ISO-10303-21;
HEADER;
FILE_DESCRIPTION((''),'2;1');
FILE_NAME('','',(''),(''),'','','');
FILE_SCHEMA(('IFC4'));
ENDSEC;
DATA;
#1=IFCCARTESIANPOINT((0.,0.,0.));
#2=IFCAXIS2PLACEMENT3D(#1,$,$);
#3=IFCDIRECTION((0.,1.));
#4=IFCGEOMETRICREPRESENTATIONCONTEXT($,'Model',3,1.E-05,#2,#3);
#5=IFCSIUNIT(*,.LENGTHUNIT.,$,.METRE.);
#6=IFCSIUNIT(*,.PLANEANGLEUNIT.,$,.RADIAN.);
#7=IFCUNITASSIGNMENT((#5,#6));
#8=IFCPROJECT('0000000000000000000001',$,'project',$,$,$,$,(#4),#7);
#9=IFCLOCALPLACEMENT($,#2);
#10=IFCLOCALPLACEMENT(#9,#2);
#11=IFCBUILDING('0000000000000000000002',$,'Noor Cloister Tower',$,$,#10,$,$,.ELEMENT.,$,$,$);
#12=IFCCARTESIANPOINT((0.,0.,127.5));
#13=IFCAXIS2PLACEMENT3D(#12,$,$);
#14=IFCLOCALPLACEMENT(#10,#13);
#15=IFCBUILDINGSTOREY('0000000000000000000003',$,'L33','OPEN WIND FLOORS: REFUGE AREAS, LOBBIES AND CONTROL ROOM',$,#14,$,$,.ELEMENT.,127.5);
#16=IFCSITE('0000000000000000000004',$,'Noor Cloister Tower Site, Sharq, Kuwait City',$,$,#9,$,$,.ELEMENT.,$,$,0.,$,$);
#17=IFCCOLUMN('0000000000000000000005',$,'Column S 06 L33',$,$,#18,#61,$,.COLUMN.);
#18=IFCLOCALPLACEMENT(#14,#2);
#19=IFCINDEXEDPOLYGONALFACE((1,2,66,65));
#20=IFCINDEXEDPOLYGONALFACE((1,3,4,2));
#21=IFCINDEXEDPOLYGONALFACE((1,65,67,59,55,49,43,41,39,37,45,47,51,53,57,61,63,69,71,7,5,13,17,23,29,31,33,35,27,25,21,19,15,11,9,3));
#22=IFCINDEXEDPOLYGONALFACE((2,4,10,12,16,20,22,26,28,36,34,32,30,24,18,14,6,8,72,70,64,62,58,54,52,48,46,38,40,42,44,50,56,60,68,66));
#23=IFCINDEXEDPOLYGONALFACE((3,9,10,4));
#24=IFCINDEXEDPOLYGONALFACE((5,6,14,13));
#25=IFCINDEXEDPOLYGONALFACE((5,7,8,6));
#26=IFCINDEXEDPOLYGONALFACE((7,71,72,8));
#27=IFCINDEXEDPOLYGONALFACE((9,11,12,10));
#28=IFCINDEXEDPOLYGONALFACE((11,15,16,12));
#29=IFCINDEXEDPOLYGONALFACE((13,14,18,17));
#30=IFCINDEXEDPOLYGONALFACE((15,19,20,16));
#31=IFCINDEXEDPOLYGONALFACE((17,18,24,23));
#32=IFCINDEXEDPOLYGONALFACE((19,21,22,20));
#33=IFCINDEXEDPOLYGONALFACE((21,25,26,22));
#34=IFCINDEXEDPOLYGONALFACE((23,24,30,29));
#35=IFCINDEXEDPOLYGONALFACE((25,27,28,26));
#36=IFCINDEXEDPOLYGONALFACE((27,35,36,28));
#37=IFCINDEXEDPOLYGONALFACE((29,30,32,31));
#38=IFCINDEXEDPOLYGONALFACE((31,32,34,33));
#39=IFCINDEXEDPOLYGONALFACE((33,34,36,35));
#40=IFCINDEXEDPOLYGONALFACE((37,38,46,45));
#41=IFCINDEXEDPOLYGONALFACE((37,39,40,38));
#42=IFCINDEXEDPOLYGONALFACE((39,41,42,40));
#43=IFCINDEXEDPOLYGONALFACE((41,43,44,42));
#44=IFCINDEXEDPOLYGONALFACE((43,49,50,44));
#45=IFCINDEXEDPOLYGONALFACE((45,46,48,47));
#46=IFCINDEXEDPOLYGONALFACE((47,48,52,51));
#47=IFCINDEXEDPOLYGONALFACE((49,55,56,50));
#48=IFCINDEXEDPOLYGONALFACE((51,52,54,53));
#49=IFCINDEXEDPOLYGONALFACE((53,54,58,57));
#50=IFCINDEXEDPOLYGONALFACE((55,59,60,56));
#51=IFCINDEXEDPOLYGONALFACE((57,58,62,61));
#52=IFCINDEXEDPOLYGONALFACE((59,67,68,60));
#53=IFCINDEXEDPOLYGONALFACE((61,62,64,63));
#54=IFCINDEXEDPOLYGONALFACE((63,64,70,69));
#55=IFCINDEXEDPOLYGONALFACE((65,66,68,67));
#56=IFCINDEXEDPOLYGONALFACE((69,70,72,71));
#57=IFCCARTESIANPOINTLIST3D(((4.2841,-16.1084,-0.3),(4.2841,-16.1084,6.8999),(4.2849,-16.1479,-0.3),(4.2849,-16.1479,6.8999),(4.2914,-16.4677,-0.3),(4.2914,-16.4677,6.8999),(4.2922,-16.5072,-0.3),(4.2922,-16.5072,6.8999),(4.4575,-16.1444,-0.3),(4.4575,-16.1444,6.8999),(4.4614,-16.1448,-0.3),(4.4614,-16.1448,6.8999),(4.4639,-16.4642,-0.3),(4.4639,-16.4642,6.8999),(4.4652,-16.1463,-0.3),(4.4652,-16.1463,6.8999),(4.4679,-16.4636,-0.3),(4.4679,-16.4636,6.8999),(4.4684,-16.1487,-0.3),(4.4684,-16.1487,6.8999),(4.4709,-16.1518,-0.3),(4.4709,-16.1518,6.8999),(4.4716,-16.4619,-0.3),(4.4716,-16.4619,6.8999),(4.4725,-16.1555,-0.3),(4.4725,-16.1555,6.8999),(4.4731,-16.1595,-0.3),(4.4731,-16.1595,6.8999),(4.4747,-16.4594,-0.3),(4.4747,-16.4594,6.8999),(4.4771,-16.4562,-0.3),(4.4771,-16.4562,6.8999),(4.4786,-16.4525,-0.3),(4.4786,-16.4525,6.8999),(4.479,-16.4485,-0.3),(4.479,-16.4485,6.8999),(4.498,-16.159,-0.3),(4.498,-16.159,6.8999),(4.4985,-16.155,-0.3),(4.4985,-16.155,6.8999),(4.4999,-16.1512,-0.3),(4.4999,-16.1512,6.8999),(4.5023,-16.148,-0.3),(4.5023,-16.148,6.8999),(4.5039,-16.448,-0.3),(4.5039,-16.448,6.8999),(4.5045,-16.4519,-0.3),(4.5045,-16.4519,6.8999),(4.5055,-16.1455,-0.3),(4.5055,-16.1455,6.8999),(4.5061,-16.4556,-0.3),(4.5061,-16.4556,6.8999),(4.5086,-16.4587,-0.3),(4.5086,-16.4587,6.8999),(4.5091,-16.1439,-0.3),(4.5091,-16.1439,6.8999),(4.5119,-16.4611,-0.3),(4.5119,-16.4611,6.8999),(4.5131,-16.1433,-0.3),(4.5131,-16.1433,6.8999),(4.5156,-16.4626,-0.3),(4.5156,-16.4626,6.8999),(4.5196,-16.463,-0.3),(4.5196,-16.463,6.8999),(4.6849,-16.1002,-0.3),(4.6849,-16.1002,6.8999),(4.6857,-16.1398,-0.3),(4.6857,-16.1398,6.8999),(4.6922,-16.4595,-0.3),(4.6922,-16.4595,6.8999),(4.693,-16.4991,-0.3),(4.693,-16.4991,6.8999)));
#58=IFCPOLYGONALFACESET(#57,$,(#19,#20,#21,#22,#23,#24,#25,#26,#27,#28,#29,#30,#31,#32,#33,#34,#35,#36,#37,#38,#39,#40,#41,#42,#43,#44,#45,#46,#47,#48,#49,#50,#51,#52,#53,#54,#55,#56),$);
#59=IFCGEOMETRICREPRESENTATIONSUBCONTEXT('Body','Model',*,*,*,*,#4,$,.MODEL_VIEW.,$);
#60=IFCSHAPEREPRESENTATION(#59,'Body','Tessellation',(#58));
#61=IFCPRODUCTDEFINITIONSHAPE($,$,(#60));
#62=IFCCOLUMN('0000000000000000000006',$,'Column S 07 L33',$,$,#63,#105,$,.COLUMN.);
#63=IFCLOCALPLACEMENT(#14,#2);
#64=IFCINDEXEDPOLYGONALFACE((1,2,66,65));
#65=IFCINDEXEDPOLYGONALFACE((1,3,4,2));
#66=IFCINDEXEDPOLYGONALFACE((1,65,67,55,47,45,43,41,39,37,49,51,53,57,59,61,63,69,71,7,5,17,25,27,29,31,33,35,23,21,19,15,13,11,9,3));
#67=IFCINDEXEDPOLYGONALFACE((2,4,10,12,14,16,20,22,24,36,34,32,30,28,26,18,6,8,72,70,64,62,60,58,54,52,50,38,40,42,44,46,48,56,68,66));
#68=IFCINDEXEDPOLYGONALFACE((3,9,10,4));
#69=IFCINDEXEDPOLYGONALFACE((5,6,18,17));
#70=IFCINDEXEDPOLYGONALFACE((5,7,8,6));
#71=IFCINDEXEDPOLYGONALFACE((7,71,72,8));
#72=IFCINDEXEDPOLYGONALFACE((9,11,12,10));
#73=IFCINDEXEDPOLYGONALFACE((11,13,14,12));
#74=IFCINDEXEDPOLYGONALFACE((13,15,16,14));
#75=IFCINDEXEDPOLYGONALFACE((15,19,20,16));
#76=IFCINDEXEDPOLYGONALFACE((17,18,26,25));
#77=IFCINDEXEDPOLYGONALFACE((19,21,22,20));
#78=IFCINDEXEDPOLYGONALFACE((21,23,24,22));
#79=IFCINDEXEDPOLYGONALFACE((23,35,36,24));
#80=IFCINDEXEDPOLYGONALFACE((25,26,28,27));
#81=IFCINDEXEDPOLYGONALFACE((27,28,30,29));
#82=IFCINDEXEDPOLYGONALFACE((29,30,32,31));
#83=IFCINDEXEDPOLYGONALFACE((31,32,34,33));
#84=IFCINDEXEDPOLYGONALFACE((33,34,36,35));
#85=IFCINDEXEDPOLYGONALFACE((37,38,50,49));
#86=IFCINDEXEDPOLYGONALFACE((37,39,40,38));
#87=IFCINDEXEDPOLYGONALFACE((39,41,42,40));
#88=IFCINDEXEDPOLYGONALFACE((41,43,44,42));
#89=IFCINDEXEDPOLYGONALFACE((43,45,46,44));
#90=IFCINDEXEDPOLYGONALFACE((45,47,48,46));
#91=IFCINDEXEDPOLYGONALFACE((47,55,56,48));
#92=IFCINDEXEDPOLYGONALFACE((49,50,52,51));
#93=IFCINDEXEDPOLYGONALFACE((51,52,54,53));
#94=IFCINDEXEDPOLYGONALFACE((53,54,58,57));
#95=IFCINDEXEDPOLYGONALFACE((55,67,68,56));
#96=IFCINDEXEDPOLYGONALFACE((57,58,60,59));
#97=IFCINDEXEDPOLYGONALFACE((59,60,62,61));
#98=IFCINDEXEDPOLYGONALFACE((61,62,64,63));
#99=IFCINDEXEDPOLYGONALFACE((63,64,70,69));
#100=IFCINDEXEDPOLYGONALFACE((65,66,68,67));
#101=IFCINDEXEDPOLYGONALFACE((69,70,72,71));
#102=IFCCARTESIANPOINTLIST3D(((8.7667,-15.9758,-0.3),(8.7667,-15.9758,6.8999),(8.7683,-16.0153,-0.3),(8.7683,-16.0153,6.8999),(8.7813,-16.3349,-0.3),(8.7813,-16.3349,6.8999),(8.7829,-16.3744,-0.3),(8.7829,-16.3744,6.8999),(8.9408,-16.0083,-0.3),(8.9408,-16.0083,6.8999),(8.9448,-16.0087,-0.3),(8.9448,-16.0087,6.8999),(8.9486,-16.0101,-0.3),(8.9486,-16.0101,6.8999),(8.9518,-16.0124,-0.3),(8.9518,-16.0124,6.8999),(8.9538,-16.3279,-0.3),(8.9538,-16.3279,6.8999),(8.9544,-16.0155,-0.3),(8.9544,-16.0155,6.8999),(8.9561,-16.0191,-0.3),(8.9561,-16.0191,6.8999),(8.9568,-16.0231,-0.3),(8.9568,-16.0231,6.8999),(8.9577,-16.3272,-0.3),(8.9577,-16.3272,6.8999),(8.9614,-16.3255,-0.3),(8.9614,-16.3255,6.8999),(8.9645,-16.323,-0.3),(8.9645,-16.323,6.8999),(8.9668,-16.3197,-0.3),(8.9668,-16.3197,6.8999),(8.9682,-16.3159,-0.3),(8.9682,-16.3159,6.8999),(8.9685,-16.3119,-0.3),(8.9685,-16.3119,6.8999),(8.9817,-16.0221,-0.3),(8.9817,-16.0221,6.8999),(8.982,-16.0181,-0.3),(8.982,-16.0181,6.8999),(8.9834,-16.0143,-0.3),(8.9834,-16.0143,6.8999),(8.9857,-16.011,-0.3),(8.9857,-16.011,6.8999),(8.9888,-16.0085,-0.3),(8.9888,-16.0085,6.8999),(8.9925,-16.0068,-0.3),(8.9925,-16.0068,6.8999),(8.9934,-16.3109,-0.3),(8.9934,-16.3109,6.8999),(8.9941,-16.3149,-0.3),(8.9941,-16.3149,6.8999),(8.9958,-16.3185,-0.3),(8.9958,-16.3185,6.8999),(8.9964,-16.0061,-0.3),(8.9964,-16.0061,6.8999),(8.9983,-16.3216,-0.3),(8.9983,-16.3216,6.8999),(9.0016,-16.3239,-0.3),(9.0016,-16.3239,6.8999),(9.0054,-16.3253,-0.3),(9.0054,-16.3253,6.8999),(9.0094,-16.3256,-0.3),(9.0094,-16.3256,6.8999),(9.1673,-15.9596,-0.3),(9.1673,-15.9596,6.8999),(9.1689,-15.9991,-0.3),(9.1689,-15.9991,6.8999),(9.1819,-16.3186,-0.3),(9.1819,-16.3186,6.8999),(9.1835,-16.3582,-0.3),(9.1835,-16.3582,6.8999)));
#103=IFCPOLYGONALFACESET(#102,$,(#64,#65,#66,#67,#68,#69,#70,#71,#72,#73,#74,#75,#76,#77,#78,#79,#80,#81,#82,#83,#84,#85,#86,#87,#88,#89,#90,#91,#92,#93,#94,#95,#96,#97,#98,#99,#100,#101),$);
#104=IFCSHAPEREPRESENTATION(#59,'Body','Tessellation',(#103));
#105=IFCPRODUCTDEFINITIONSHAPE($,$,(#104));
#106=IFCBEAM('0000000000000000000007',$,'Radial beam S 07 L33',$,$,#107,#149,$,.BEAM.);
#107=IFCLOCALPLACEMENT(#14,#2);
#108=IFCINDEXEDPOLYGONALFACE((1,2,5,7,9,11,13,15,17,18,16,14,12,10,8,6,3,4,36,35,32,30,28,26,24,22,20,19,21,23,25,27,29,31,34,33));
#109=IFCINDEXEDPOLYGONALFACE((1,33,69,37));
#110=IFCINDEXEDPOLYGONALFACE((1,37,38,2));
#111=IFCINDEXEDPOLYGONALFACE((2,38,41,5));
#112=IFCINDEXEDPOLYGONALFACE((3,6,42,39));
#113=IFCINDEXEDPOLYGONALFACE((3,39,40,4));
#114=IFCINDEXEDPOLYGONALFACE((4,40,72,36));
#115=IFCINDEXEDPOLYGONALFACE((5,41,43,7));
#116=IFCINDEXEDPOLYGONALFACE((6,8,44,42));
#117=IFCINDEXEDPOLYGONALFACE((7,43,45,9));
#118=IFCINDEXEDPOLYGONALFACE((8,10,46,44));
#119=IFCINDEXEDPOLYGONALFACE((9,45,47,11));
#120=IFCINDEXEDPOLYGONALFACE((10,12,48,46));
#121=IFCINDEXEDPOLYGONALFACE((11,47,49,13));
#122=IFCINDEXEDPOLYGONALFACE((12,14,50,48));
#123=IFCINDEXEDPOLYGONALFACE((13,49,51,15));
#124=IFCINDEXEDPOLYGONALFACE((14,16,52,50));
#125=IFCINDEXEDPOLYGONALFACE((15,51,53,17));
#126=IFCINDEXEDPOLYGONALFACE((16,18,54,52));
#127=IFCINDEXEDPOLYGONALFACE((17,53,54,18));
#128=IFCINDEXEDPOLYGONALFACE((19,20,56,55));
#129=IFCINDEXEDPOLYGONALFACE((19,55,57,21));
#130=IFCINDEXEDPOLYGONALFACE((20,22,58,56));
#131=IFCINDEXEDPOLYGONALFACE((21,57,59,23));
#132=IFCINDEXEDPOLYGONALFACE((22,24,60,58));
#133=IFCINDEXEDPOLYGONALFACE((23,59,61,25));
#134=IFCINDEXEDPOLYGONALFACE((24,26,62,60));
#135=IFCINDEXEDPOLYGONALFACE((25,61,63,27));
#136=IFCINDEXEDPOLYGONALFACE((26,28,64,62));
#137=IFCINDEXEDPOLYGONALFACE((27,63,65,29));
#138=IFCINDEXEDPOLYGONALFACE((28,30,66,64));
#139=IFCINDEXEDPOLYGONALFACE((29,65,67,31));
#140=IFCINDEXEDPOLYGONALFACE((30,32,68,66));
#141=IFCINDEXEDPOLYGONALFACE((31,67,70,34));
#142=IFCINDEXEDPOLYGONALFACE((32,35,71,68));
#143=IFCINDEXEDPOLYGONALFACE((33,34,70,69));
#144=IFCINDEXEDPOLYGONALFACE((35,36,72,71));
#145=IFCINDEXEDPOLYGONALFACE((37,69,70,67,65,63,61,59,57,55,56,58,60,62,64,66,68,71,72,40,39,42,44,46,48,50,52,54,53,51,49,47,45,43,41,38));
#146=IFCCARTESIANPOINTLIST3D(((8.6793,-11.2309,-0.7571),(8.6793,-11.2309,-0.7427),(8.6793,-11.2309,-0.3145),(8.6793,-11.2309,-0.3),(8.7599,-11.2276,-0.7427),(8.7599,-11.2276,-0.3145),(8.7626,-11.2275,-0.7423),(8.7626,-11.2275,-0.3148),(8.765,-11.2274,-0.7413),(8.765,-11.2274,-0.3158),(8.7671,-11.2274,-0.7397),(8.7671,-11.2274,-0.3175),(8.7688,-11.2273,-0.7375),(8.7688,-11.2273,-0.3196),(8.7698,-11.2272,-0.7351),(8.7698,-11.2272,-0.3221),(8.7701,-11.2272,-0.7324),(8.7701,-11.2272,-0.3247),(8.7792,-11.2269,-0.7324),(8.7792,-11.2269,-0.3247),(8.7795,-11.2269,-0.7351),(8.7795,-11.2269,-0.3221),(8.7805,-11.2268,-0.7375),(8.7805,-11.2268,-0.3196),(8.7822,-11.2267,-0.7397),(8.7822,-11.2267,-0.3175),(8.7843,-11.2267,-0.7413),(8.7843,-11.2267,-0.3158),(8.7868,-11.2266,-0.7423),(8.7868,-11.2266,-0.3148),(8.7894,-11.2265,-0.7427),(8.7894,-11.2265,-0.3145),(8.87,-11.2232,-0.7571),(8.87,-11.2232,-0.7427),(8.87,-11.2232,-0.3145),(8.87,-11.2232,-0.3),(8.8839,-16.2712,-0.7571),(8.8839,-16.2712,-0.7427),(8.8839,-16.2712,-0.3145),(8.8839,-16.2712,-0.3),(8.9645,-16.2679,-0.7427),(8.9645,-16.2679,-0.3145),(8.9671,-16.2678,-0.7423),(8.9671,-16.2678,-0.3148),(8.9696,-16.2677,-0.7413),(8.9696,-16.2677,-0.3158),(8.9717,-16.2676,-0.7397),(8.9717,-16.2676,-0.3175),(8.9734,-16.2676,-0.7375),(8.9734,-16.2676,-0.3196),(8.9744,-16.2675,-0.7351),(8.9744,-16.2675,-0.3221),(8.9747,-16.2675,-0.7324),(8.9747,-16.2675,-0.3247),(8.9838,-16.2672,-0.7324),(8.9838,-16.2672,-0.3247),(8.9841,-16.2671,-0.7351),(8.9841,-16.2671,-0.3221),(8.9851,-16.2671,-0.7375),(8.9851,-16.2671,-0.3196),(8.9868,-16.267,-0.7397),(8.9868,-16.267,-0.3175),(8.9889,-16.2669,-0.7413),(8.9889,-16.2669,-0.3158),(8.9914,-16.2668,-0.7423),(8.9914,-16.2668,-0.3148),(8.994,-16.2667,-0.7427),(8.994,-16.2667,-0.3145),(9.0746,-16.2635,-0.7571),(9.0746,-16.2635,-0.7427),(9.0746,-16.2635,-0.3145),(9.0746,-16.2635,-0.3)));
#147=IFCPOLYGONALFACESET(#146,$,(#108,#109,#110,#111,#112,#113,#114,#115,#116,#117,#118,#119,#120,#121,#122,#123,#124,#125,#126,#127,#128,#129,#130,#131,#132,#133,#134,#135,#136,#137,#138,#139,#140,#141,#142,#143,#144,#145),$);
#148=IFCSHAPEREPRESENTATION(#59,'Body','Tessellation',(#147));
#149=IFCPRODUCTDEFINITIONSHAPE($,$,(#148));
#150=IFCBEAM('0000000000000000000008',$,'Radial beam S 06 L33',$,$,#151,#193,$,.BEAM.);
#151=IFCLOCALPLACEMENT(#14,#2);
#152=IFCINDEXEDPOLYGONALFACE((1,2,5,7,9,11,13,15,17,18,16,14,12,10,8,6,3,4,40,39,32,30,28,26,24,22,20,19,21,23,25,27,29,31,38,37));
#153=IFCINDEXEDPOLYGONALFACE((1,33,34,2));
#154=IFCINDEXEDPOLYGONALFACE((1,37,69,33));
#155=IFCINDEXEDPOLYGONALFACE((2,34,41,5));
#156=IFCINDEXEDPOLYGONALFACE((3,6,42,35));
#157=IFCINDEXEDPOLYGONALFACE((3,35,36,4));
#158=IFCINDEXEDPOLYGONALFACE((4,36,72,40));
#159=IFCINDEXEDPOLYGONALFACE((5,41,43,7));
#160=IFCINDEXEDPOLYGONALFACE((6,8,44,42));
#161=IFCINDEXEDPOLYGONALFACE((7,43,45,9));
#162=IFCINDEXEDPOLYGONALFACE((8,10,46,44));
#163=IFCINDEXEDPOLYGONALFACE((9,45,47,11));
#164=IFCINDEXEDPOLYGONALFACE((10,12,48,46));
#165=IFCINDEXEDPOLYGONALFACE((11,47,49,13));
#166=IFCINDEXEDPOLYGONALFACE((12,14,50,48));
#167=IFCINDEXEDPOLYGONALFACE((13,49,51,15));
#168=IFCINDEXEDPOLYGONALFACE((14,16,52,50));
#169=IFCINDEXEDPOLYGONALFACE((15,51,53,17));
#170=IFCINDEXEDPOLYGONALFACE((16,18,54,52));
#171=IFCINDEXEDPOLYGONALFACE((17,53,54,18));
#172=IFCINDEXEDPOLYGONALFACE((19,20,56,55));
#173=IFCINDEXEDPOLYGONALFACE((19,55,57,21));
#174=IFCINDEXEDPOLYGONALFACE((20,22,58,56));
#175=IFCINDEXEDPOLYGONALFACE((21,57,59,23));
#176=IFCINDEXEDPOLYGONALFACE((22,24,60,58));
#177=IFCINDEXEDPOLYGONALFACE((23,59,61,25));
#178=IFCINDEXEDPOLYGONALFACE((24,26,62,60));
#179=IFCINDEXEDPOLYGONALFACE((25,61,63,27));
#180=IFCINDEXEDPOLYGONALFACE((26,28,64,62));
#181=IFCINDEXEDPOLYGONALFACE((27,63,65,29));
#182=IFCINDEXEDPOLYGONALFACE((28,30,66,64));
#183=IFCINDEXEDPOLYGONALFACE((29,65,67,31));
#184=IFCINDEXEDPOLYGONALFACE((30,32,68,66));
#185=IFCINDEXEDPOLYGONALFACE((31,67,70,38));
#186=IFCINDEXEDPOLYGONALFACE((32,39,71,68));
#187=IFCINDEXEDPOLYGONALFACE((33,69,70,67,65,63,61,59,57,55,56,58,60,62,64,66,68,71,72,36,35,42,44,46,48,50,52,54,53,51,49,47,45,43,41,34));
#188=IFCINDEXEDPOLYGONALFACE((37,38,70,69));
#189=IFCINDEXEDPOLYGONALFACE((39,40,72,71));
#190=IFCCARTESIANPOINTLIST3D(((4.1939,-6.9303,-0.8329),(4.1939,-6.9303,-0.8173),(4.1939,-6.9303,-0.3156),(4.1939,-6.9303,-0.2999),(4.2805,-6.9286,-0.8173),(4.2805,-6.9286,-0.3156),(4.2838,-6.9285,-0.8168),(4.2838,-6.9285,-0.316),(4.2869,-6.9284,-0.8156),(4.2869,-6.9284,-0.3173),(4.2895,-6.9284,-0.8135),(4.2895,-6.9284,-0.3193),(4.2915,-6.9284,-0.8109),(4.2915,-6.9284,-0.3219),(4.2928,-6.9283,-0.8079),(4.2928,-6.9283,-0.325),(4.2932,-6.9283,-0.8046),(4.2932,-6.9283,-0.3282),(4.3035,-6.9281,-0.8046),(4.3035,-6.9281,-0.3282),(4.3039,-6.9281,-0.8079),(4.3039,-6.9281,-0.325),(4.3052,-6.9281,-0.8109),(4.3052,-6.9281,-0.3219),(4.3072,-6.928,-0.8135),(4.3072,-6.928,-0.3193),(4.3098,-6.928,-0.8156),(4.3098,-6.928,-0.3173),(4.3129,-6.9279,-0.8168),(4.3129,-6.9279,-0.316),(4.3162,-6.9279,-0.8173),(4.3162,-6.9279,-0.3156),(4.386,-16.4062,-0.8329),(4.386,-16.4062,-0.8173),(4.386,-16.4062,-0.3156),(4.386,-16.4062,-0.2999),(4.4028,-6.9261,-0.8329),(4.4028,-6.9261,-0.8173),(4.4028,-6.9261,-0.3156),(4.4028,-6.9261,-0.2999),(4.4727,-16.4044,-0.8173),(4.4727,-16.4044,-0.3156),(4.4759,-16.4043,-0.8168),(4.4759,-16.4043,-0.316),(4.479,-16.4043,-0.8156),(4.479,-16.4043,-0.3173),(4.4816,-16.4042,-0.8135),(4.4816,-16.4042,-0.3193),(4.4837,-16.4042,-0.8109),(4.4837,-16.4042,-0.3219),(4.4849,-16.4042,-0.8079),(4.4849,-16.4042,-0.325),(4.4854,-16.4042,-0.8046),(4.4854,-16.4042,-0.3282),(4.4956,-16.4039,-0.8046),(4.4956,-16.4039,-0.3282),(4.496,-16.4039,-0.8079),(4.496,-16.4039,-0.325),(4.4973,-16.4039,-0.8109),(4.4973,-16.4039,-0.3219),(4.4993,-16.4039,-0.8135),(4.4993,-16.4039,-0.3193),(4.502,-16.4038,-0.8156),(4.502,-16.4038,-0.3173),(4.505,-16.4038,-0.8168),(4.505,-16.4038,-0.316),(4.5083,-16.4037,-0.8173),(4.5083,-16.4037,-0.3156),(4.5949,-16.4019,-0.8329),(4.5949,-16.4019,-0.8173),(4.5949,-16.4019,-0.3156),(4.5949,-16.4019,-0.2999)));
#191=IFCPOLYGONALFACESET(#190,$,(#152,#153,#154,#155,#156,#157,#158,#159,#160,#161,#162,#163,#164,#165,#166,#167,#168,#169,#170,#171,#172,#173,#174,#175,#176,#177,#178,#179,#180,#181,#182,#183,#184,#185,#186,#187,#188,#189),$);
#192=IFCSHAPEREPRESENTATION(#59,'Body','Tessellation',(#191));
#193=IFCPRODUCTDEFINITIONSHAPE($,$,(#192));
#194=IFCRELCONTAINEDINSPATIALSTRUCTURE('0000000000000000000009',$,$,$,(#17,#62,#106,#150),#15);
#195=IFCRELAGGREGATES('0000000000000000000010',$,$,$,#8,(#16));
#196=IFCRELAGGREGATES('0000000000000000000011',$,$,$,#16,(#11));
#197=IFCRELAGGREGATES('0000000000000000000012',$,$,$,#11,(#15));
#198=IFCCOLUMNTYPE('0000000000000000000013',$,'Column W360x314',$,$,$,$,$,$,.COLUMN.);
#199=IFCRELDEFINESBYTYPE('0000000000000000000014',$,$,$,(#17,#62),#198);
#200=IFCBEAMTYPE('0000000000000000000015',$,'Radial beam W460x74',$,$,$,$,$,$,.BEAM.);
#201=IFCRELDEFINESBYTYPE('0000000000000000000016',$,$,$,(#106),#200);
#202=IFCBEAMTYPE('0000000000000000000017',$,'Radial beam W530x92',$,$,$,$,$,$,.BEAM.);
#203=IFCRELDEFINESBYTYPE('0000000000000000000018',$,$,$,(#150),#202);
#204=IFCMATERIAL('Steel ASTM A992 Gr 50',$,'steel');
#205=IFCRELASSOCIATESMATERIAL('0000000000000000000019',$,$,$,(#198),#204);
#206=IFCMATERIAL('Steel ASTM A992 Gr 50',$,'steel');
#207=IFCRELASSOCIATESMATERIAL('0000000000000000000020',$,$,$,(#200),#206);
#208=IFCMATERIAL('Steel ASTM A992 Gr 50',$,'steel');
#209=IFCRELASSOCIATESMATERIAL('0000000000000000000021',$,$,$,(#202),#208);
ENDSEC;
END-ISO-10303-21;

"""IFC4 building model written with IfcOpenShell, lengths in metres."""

from ifc_helpers import new_model, si_unit, direction, frame, origin, origin_2d, place, context, subcontext, project, spatial, i_section, extrude, material, material_profile, profile_set, type_object, element, save


model = new_model("IFC4")

# Units and contexts
model_context = context("Model", 3, precision=1e-05, world=origin(), true_north=direction((0.0, 1.0)))
body_context = subcontext(model_context, "Body", "Model", "MODEL_VIEW")
ifc_project = project(units=[si_unit("LENGTHUNIT", "METRE"), si_unit("PLANEANGLEUNIT", "RADIAN")], contexts=[model_context])

# Site, building, storey
site_placement = place(None, origin())
site = spatial("IfcSite", under=ifc_project, at=site_placement, Name="Noor Cloister Tower Site, Sharq, Kuwait City", CompositionType="ELEMENT", RefElevation=0.0)
building_placement = place(site_placement, origin())
building = spatial("IfcBuilding", under=site, at=building_placement, Name="Noor Cloister Tower", CompositionType="ELEMENT")
storey_placement = place(building_placement, frame((0.0, 0.0, 127.5)))
storey = spatial("IfcBuildingStorey", under=building, at=storey_placement, Name="L33", Description="OPEN WIND FLOORS: REFUGE AREAS, LOBBIES AND CONTROL ROOM", CompositionType="ELEMENT", Elevation=127.5)

# Columns
ifc_material_1 = material(Name="Steel ASTM A992 Gr 50", Category="steel")
ifc_material_profile_1 = material_profile(ifc_material_1, i_section(OverallWidth=0.4009, OverallDepth=0.3989, WebThickness=0.0249, FlangeThickness=0.0396, FilletRadius=0.0154, at=origin_2d()), Name="W360x314")
ifc_profile_set_1 = profile_set([ifc_material_profile_1], Name="Steel ASTM A992 Gr 50")
column_type = type_object("IfcColumnType", Name="Column W360x314", PredefinedType="COLUMN", material=ifc_profile_set_1)
for number, where, z_axis, x_axis, name in (
    (1, (4.4885, -16.3037, -0.3), (0.0, 0.0, 1.0), (0.999794, 0.020293, 0.0), "Column S 06 L33"),
    (2, (8.9751, -16.167, -0.3), (0.0, 0.0, 1.0), (0.999176, 0.040578, 0.0), "Column S 07 L33"),
):
    element("IfcColumn", number, at=place(storey_placement, frame(where, z_axis=z_axis, x_axis=x_axis)), inside=storey, type_object=column_type, Name=name, PredefinedType="COLUMN", context=body_context, shape_type="SweptSolid", body=[
        extrude(i_section(OverallWidth=0.4009, OverallDepth=0.3989, WebThickness=0.0249, FlangeThickness=0.0396, FilletRadius=0.0154, at=origin_2d()), origin(), (0.0, 0.0, 1.0), 7.2),
    ])

# Beams
ifc_material_2 = material(Name="Steel ASTM A992 Gr 50", Category="steel")
ifc_material_profile_2 = material_profile(ifc_material_2, i_section(OverallWidth=0.1909, OverallDepth=0.457, WebThickness=0.009, FlangeThickness=0.0144, FilletRadius=0.0103, at=origin_2d()), Name="W460x74")
ifc_profile_set_2 = profile_set([ifc_material_profile_2], Name="Steel ASTM A992 Gr 50")
beam_type_1 = type_object("IfcBeamType", Name="Radial beam W460x74", PredefinedType="BEAM", material=ifc_profile_set_2)
beam_1_placement = place(storey_placement, frame((8.9792, -16.2673, -0.5286), z_axis=(-0.040558, 0.999177, 0.0), x_axis=(-0.999177, -0.040558, 0.0)))
element("IfcBeam", 3, at=beam_1_placement, inside=storey, type_object=beam_type_1, Name="Radial beam S 07 L33", PredefinedType="BEAM", context=body_context, shape_type="SweptSolid", body=[
    extrude(i_section(OverallWidth=0.1909, OverallDepth=0.457, WebThickness=0.009, FlangeThickness=0.0144, FilletRadius=0.0103, at=origin_2d()), origin(), (0.0, 0.0, 1.0), 5.0444),
])
ifc_material_3 = material(Name="Steel ASTM A992 Gr 50", Category="steel")
ifc_material_profile_3 = material_profile(ifc_material_3, i_section(OverallWidth=0.209, OverallDepth=0.533, WebThickness=0.0103, FlangeThickness=0.0156, FilletRadius=0.0127, at=origin_2d()), Name="W530x92")
ifc_profile_set_3 = profile_set([ifc_material_profile_3], Name="Steel ASTM A992 Gr 50")
beam_type_2 = type_object("IfcBeamType", Name="Radial beam W530x92", PredefinedType="BEAM", material=ifc_profile_set_3)
beam_2_placement = place(storey_placement, frame((4.4905, -16.4041, -0.5664), z_axis=(-0.020273, 0.999794, 0.0), x_axis=(-0.999794, -0.020273, 0.0)))
element("IfcBeam", 4, at=beam_2_placement, inside=storey, type_object=beam_type_2, Name="Radial beam S 06 L33", PredefinedType="BEAM", context=body_context, shape_type="SweptSolid", body=[
    extrude(i_section(OverallWidth=0.209, OverallDepth=0.533, WebThickness=0.0103, FlangeThickness=0.0156, FilletRadius=0.0127, at=origin_2d()), origin(), (0.0, 0.0, 1.0), 9.4778),
])

save(model, "model.ifc")
